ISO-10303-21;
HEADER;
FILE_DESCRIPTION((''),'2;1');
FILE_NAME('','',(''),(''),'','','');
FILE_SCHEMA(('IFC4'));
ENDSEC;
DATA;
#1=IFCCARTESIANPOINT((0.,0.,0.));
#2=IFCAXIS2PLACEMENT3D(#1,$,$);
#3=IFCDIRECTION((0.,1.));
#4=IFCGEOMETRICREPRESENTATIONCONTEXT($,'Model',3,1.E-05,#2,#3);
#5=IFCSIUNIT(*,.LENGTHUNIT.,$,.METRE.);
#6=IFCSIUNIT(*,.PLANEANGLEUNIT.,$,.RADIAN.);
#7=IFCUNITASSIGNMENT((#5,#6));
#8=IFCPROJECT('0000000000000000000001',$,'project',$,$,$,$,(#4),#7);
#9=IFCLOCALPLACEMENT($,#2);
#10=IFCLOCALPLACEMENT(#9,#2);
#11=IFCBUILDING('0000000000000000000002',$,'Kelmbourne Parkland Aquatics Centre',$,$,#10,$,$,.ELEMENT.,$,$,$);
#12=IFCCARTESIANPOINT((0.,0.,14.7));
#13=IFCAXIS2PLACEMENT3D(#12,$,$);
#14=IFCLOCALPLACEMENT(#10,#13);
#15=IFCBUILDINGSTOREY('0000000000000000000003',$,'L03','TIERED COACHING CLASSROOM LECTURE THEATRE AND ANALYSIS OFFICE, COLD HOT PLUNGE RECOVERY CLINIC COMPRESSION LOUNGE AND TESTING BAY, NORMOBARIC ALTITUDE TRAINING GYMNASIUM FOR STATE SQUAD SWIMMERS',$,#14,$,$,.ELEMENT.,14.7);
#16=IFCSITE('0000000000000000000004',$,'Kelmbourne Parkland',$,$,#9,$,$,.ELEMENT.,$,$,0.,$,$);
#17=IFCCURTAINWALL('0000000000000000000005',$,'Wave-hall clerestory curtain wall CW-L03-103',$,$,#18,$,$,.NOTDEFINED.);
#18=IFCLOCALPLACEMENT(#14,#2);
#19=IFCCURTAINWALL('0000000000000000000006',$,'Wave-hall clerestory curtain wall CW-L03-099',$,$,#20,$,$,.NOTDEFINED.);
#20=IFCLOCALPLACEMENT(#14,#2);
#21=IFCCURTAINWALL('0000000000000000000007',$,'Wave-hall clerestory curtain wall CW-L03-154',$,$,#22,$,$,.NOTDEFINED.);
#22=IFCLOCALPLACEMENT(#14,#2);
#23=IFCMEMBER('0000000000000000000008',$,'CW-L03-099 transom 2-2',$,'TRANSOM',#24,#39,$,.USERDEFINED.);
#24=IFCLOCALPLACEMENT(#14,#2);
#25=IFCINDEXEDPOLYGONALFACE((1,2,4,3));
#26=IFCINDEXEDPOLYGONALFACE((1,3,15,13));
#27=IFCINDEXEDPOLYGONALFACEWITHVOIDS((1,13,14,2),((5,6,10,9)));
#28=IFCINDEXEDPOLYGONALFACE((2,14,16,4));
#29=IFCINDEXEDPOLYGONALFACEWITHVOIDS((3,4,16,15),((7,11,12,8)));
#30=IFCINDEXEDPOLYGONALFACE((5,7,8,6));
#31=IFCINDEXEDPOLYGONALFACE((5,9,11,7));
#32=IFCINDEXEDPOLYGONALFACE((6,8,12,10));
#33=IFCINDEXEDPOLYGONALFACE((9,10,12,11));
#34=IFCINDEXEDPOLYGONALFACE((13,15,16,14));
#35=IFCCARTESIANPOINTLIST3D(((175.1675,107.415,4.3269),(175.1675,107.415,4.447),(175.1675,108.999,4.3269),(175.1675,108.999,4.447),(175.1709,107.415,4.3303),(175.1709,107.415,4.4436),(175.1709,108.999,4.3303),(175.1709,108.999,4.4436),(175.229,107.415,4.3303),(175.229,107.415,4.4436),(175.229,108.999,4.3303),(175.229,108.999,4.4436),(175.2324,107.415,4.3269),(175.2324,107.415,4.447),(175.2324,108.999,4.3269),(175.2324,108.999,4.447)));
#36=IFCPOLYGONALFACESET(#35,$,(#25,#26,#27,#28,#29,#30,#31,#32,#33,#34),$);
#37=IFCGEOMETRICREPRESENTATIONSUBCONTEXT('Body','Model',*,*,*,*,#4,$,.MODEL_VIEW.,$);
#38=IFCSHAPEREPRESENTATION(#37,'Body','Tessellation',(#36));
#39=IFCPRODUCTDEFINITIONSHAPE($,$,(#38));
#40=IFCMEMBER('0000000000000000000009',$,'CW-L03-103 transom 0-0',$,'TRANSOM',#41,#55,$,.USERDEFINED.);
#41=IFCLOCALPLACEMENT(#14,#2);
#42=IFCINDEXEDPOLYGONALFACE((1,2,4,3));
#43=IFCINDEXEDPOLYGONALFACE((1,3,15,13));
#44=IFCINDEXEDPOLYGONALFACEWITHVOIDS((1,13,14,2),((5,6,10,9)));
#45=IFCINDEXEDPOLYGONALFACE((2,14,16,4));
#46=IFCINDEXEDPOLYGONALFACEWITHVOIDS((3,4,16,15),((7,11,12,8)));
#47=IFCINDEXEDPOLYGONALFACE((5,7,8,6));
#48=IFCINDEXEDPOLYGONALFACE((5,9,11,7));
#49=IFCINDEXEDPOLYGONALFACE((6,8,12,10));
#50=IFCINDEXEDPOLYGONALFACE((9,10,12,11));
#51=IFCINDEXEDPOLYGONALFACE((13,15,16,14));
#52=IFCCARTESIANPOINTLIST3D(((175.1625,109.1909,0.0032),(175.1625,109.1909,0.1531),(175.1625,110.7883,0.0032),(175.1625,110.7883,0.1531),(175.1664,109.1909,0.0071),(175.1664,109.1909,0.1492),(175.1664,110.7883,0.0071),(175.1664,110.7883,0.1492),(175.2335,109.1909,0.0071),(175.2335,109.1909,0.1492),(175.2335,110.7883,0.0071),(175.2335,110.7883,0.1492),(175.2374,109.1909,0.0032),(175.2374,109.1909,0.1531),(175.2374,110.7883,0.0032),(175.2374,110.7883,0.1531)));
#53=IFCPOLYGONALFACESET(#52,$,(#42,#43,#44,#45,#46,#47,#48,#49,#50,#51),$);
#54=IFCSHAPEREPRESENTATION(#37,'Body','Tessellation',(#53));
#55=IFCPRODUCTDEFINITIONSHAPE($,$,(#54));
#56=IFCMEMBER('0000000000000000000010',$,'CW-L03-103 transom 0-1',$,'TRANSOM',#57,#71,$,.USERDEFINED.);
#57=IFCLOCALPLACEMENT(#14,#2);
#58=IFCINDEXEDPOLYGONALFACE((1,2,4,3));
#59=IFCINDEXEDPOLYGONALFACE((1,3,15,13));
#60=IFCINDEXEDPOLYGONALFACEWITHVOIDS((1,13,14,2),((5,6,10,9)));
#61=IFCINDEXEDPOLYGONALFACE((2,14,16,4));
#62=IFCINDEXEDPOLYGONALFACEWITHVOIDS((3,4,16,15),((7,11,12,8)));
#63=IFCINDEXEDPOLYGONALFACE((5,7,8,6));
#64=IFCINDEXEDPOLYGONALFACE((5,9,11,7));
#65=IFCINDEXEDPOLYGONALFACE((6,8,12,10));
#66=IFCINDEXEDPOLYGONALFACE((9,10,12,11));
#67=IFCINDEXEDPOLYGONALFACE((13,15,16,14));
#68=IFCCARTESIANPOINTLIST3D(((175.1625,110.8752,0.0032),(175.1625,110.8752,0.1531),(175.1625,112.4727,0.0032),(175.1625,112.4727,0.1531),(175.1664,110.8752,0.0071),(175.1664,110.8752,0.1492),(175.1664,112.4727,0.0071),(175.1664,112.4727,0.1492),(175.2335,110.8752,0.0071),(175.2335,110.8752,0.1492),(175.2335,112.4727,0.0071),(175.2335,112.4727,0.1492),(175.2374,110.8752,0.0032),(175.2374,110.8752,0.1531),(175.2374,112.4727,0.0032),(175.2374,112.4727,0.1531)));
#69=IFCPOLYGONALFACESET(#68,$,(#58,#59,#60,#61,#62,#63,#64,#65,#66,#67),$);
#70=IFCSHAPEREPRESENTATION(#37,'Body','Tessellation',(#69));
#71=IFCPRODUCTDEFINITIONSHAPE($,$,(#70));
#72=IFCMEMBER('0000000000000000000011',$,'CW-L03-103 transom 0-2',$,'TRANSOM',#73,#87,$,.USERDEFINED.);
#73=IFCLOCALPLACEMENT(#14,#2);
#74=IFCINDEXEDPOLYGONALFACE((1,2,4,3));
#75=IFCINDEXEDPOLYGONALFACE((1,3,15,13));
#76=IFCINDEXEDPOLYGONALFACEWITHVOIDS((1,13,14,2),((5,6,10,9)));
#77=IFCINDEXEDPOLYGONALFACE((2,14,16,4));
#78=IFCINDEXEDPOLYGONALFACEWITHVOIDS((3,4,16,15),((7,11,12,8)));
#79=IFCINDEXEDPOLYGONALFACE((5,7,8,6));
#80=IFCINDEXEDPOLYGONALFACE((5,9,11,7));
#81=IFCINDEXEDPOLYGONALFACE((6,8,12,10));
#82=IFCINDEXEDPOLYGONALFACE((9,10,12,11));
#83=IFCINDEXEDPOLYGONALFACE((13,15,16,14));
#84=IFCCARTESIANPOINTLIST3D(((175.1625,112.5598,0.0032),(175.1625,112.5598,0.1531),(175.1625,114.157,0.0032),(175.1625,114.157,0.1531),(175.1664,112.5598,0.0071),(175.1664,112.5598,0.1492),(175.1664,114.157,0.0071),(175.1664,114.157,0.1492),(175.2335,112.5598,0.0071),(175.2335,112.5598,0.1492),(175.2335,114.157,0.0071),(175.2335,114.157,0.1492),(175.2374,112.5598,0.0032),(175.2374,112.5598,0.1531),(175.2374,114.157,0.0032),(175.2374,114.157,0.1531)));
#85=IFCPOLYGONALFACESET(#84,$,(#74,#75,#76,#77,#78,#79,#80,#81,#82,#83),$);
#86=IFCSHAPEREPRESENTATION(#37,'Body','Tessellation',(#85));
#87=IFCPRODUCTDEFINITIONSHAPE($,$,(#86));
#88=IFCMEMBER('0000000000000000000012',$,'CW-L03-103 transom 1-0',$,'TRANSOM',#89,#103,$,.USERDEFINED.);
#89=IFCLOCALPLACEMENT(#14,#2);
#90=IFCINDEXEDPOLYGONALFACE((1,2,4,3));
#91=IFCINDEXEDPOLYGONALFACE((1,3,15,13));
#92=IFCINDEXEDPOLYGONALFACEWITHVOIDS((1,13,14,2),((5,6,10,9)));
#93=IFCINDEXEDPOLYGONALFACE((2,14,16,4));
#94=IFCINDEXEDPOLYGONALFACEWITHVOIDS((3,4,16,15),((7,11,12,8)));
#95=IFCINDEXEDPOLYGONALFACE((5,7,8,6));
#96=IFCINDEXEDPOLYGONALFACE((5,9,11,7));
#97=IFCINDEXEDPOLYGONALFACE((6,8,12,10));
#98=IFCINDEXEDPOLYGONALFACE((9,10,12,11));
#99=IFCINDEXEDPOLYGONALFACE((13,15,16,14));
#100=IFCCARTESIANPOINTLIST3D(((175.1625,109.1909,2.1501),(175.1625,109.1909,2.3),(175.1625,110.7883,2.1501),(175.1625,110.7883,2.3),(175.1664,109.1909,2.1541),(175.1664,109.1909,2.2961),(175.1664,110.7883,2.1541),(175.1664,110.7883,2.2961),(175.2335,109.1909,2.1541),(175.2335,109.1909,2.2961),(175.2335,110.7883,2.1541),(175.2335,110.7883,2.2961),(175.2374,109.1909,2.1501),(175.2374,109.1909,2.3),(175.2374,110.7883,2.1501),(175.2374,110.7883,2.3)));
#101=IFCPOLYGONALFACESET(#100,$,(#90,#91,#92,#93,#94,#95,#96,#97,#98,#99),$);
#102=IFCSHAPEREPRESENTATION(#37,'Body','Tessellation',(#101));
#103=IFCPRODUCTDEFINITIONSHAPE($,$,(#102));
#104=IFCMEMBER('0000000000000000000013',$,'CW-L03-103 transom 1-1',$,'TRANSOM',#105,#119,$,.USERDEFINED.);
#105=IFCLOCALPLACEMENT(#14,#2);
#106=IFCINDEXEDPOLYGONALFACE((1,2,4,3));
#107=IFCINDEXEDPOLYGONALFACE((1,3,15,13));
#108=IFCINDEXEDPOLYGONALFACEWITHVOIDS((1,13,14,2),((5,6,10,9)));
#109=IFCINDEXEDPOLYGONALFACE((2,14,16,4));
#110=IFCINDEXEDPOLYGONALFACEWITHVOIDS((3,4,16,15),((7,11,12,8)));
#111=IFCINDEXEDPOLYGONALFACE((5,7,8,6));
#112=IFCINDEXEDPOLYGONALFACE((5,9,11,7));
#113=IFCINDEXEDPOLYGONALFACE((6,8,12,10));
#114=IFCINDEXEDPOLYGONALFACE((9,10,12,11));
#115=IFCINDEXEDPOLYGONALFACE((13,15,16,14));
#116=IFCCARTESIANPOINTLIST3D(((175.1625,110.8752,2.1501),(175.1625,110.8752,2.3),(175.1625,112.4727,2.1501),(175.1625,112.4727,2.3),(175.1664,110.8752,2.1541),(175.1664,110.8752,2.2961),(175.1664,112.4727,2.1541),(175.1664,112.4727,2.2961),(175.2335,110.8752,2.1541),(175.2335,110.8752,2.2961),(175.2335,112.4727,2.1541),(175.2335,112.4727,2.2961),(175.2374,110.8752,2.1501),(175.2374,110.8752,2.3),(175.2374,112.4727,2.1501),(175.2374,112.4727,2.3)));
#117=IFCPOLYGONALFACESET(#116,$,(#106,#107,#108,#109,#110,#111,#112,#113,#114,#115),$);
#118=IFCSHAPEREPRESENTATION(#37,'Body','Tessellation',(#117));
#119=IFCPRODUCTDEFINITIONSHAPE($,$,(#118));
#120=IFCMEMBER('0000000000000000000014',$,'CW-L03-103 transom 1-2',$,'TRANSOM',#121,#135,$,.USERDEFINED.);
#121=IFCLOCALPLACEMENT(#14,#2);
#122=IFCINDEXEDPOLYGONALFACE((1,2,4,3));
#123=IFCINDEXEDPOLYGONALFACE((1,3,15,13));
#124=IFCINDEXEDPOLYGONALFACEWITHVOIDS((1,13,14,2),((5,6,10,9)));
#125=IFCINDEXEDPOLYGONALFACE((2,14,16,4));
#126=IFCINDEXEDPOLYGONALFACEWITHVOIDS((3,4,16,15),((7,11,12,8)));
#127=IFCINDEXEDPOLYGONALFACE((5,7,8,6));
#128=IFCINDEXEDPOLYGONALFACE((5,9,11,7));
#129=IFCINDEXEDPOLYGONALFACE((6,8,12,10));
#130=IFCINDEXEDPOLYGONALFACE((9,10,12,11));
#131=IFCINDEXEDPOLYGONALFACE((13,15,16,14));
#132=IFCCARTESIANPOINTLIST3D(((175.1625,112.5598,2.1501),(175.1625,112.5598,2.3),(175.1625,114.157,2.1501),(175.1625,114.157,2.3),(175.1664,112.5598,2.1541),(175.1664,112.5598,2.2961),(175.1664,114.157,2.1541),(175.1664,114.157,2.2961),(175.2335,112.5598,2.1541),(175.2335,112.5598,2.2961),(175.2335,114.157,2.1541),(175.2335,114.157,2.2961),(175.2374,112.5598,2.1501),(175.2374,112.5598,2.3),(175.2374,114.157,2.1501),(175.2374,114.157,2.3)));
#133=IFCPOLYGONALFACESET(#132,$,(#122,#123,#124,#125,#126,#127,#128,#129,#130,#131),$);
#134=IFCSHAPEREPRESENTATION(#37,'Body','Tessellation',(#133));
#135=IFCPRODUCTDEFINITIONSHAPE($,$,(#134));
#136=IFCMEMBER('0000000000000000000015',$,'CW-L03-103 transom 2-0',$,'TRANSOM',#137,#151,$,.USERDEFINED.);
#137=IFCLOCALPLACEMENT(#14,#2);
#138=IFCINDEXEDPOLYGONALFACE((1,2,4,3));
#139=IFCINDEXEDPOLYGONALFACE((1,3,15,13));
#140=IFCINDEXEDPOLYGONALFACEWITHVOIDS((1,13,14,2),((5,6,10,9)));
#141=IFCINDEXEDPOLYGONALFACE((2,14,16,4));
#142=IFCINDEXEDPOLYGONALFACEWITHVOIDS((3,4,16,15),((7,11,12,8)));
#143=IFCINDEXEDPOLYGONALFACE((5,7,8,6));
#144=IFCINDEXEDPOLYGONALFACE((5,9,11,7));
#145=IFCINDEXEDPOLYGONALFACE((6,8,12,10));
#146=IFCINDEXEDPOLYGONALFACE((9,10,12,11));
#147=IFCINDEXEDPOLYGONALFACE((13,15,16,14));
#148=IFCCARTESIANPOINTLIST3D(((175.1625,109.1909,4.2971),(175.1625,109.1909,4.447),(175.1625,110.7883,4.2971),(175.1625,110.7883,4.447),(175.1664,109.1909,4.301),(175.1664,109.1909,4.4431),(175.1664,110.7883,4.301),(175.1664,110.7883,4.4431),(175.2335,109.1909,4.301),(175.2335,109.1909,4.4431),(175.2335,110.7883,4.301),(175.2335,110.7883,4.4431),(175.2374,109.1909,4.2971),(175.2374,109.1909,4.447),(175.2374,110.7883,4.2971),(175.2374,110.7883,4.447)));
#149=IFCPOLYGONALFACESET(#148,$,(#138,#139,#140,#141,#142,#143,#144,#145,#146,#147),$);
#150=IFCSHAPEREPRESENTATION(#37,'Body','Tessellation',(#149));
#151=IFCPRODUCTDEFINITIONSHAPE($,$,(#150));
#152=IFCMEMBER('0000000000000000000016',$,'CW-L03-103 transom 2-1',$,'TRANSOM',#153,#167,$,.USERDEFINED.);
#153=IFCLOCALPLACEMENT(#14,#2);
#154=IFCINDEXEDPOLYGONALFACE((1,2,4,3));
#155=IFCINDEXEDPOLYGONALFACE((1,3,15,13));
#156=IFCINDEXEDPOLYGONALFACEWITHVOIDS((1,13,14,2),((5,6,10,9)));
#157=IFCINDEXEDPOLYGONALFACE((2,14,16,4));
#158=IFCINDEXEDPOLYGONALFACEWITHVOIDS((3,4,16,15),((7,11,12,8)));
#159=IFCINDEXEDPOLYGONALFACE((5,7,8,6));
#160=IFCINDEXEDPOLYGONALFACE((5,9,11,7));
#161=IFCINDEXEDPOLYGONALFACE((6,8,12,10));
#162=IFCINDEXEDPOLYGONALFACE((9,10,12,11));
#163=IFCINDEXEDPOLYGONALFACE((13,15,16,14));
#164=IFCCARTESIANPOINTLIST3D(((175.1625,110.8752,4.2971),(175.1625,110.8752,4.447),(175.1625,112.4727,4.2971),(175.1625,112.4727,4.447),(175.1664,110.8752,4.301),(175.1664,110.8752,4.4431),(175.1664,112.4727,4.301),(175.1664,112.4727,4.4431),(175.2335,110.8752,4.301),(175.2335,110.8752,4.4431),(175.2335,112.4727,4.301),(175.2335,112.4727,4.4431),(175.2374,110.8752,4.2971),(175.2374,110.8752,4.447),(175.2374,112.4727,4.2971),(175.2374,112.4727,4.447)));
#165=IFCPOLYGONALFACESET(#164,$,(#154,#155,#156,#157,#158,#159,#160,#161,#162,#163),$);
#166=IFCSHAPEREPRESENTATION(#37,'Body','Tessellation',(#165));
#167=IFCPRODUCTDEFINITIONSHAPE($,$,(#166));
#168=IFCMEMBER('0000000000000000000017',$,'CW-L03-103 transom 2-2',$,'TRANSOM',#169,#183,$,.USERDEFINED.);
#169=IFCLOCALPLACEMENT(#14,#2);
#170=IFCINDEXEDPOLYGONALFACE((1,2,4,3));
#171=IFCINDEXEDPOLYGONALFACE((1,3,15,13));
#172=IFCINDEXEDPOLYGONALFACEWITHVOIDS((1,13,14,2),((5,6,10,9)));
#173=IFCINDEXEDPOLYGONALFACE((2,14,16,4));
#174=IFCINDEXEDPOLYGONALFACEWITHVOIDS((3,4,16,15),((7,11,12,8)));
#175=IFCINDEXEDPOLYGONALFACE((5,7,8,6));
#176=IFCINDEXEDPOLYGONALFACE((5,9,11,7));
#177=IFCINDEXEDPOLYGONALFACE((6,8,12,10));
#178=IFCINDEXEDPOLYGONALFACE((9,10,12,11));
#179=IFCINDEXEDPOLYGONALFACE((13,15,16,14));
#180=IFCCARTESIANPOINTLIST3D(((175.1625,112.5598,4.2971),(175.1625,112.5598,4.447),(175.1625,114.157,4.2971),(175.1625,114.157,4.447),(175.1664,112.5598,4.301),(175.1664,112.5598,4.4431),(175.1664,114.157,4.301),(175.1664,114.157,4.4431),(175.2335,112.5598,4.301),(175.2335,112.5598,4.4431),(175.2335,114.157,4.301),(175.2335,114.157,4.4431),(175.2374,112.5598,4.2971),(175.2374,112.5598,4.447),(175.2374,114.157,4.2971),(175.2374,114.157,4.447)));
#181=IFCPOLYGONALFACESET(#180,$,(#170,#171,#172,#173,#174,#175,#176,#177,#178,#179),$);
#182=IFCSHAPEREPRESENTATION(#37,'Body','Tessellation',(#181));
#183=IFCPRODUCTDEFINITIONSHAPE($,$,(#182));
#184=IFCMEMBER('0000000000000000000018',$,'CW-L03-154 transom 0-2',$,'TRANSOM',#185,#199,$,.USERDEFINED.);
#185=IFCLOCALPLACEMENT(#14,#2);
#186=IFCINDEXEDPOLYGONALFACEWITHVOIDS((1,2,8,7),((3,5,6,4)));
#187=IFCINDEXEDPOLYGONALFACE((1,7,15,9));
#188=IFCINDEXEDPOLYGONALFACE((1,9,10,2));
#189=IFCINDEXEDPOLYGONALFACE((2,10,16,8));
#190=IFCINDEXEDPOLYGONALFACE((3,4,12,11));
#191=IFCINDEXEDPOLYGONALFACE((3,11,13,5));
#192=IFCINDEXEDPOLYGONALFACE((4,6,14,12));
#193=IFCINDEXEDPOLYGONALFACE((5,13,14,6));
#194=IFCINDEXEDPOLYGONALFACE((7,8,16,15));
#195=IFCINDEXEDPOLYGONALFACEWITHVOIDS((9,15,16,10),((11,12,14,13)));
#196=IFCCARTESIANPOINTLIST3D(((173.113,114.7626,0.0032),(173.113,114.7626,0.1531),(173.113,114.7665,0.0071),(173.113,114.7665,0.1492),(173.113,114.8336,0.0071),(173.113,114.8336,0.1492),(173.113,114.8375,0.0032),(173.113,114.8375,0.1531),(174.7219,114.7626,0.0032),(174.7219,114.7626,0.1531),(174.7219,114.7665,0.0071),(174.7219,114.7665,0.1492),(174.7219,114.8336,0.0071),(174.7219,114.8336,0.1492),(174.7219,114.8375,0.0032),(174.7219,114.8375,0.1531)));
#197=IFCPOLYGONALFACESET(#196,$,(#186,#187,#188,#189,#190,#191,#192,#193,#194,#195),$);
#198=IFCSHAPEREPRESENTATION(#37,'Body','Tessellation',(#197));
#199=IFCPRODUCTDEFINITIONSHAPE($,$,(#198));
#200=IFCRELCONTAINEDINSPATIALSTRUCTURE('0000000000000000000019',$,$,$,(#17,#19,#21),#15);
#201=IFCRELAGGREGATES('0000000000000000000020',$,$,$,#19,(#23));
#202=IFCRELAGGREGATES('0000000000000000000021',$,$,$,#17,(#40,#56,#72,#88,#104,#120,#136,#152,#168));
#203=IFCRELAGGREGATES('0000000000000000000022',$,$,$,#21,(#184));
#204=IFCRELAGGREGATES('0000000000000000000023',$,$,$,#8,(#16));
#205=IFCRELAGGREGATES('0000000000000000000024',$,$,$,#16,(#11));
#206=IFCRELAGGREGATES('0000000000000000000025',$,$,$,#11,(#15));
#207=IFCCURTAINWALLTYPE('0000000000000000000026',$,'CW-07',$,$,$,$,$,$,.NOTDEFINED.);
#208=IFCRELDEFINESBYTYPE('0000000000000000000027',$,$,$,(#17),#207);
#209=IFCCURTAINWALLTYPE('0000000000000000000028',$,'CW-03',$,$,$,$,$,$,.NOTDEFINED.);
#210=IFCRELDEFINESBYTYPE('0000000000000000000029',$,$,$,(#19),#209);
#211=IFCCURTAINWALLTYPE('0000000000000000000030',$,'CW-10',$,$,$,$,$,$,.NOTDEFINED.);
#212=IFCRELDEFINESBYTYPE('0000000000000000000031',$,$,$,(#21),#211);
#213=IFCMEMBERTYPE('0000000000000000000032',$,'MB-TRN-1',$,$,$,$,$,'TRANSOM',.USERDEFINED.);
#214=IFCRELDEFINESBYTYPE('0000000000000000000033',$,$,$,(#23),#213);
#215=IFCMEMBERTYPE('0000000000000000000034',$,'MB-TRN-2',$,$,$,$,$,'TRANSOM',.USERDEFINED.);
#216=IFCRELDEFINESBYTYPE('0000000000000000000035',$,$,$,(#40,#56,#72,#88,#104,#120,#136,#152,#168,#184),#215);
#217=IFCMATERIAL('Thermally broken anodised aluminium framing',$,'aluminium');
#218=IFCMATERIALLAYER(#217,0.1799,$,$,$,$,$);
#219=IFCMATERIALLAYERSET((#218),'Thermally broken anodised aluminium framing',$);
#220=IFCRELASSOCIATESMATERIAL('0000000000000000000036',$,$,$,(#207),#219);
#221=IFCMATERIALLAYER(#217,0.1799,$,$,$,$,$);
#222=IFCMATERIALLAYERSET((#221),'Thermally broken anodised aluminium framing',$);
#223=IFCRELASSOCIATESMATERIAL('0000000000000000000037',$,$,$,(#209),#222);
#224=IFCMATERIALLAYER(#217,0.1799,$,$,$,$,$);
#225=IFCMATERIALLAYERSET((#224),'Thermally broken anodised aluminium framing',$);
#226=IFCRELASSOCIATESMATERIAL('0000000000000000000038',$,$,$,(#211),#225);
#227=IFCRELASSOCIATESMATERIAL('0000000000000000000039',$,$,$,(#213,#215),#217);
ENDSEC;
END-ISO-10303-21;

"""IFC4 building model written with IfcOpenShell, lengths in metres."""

from ifc_helpers import new_model, si_unit, direction, frame, origin, origin_2d, place, context, subcontext, project, spatial, hollow_rectangle, extrude, material, layer, layer_set, material_profile, profile_set, type_object, element, aggregate, save


model = new_model("IFC4")

# Units and contexts
model_context = context("Model", 3, precision=1e-05, world=origin(), true_north=direction((0.0, 1.0)))
body_context = subcontext(model_context, "Body", "Model", "MODEL_VIEW")
ifc_project = project(units=[si_unit("LENGTHUNIT", "METRE"), si_unit("PLANEANGLEUNIT", "RADIAN")], contexts=[model_context])

# Site, building, storey
site_placement = place(None, origin())
site = spatial("IfcSite", under=ifc_project, at=site_placement, Name="Kelmbourne Parkland", CompositionType="ELEMENT", RefElevation=0.0)
building_placement = place(site_placement, origin())
building = spatial("IfcBuilding", under=site, at=building_placement, Name="Kelmbourne Parkland Aquatics Centre", CompositionType="ELEMENT")
storey_placement = place(building_placement, frame((0.0, 0.0, 14.7)))
storey = spatial("IfcBuildingStorey", under=building, at=storey_placement, Name="L03", Description="TIERED COACHING CLASSROOM LECTURE THEATRE AND ANALYSIS OFFICE, COLD HOT PLUNGE RECOVERY CLINIC COMPRESSION LOUNGE AND TESTING BAY, NORMOBARIC ALTITUDE TRAINING GYMNASIUM FOR STATE SQUAD SWIMMERS", CompositionType="ELEMENT", Elevation=14.7)

# Curtain walls
ifc_material_1 = material(Name="Thermally broken anodised aluminium framing", Category="aluminium")
ifc_layer_1 = layer(ifc_material_1, 0.1799)
ifc_layer_set_1 = layer_set([ifc_layer_1], Name="Thermally broken anodised aluminium framing")
curtain_wall_type_1 = type_object("IfcCurtainWallType", Name="CW-07", PredefinedType="NOTDEFINED", material=ifc_layer_set_1)
curtain_wall_1_placement = place(storey_placement, origin())
curtain_wall_1 = element("IfcCurtainWall", 1, at=curtain_wall_1_placement, inside=storey, type_object=curtain_wall_type_1, Name="Wave-hall clerestory curtain wall CW-L03-103", PredefinedType="NOTDEFINED")
ifc_layer_2 = layer(ifc_material_1, 0.1799)
ifc_layer_set_2 = layer_set([ifc_layer_2], Name="Thermally broken anodised aluminium framing")
curtain_wall_type_2 = type_object("IfcCurtainWallType", Name="CW-03", PredefinedType="NOTDEFINED", material=ifc_layer_set_2)
curtain_wall_2_placement = place(storey_placement, origin())
curtain_wall_2 = element("IfcCurtainWall", 2, at=curtain_wall_2_placement, inside=storey, type_object=curtain_wall_type_2, Name="Wave-hall clerestory curtain wall CW-L03-099", PredefinedType="NOTDEFINED")
ifc_layer_3 = layer(ifc_material_1, 0.1799)
ifc_layer_set_3 = layer_set([ifc_layer_3], Name="Thermally broken anodised aluminium framing")
curtain_wall_type_3 = type_object("IfcCurtainWallType", Name="CW-10", PredefinedType="NOTDEFINED", material=ifc_layer_set_3)
curtain_wall_3_placement = place(storey_placement, origin())
curtain_wall_3 = element("IfcCurtainWall", 3, at=curtain_wall_3_placement, inside=storey, type_object=curtain_wall_type_3, Name="Wave-hall clerestory curtain wall CW-L03-154", PredefinedType="NOTDEFINED")

# Members
ifc_material_profile_1 = material_profile(ifc_material_1, hollow_rectangle(XDim=0.0649, YDim=0.1201, WallThickness=0.0034, at=origin_2d()), Name="CW-T 65x120")
ifc_profile_set_1 = profile_set([ifc_material_profile_1], Name="Thermally broken anodised aluminium framing")
member_type_1 = type_object("IfcMemberType", Name="MB-TRN-1", ElementType="TRANSOM", PredefinedType="USERDEFINED", material=ifc_profile_set_1)
member_1_placement = place(storey_placement, frame((175.2, 107.415, 4.387), z_axis=(0.0, 1.0, 0.0), x_axis=(-1.0, 0.0, 0.0)))
member_1 = element("IfcMember", 4, at=member_1_placement, type_object=member_type_1, Name="CW-L03-099 transom 2-2", ObjectType="TRANSOM", PredefinedType="USERDEFINED", context=body_context, shape_type="SweptSolid", body=[
    extrude(hollow_rectangle(XDim=0.0649, YDim=0.1201, WallThickness=0.0034, at=origin_2d()), origin(), (0.0, 0.0, 1.0), 1.584),
])
ifc_material_profile_2 = material_profile(ifc_material_1, hollow_rectangle(XDim=0.075, YDim=0.1499, WallThickness=0.0039, at=origin_2d()), Name="CW-T 75x150")
ifc_profile_set_2 = profile_set([ifc_material_profile_2], Name="Thermally broken anodised aluminium framing")
member_type_2 = type_object("IfcMemberType", Name="MB-TRN-2", ElementType="TRANSOM", PredefinedType="USERDEFINED", material=ifc_profile_set_2)
member_2_placement = place(storey_placement, frame((175.2, 109.1909, 0.0781), z_axis=(0.0, 1.0, 0.0), x_axis=(-1.0, 0.0, 0.0)))
member_2 = element("IfcMember", 5, at=member_2_placement, type_object=member_type_2, Name="CW-L03-103 transom 0-0", ObjectType="TRANSOM", PredefinedType="USERDEFINED", context=body_context, shape_type="SweptSolid", body=[
    extrude(hollow_rectangle(XDim=0.075, YDim=0.1499, WallThickness=0.0039, at=origin_2d()), origin(), (0.0, 0.0, 1.0), 1.5974),
])
member_3_placement = place(storey_placement, frame((175.2, 110.8752, 0.0781), z_axis=(0.0, 1.0, 0.0), x_axis=(-1.0, 0.0, 0.0)))
member_3 = element("IfcMember", 6, at=member_3_placement, type_object=member_type_2, Name="CW-L03-103 transom 0-1", ObjectType="TRANSOM", PredefinedType="USERDEFINED", context=body_context, shape_type="SweptSolid", body=[
    extrude(hollow_rectangle(XDim=0.075, YDim=0.1499, WallThickness=0.0039, at=origin_2d()), origin(), (0.0, 0.0, 1.0), 1.5974),
])
member_4_placement = place(storey_placement, frame((175.2, 112.5598, 0.0781), z_axis=(0.0, 1.0, 0.0), x_axis=(-1.0, 0.0, 0.0)))
member_4 = element("IfcMember", 7, at=member_4_placement, type_object=member_type_2, Name="CW-L03-103 transom 0-2", ObjectType="TRANSOM", PredefinedType="USERDEFINED", context=body_context, shape_type="SweptSolid", body=[
    extrude(hollow_rectangle(XDim=0.075, YDim=0.1499, WallThickness=0.0039, at=origin_2d()), origin(), (0.0, 0.0, 1.0), 1.5972),
])
member_5_placement = place(storey_placement, frame((175.2, 109.1909, 2.2251), z_axis=(0.0, 1.0, 0.0), x_axis=(-1.0, 0.0, 0.0)))
member_5 = element("IfcMember", 8, at=member_5_placement, type_object=member_type_2, Name="CW-L03-103 transom 1-0", ObjectType="TRANSOM", PredefinedType="USERDEFINED", context=body_context, shape_type="SweptSolid", body=[
    extrude(hollow_rectangle(XDim=0.075, YDim=0.1499, WallThickness=0.0039, at=origin_2d()), origin(), (0.0, 0.0, 1.0), 1.5974),
])
member_6_placement = place(storey_placement, frame((175.2, 110.8752, 2.2251), z_axis=(0.0, 1.0, 0.0), x_axis=(-1.0, 0.0, 0.0)))
member_6 = element("IfcMember", 9, at=member_6_placement, type_object=member_type_2, Name="CW-L03-103 transom 1-1", ObjectType="TRANSOM", PredefinedType="USERDEFINED", context=body_context, shape_type="SweptSolid", body=[
    extrude(hollow_rectangle(XDim=0.075, YDim=0.1499, WallThickness=0.0039, at=origin_2d()), origin(), (0.0, 0.0, 1.0), 1.5974),
])
member_7_placement = place(storey_placement, frame((175.2, 112.5598, 2.2251), z_axis=(0.0, 1.0, 0.0), x_axis=(-1.0, 0.0, 0.0)))
member_7 = element("IfcMember", 10, at=member_7_placement, type_object=member_type_2, Name="CW-L03-103 transom 1-2", ObjectType="TRANSOM", PredefinedType="USERDEFINED", context=body_context, shape_type="SweptSolid", body=[
    extrude(hollow_rectangle(XDim=0.075, YDim=0.1499, WallThickness=0.0039, at=origin_2d()), origin(), (0.0, 0.0, 1.0), 1.5972),
])
member_8_placement = place(storey_placement, frame((175.2, 109.1909, 4.3721), z_axis=(0.0, 1.0, 0.0), x_axis=(-1.0, 0.0, 0.0)))
member_8 = element("IfcMember", 11, at=member_8_placement, type_object=member_type_2, Name="CW-L03-103 transom 2-0", ObjectType="TRANSOM", PredefinedType="USERDEFINED", context=body_context, shape_type="SweptSolid", body=[
    extrude(hollow_rectangle(XDim=0.075, YDim=0.1499, WallThickness=0.0039, at=origin_2d()), origin(), (0.0, 0.0, 1.0), 1.5974),
])
member_9_placement = place(storey_placement, frame((175.2, 110.8752, 4.3721), z_axis=(0.0, 1.0, 0.0), x_axis=(-1.0, 0.0, 0.0)))
member_9 = element("IfcMember", 12, at=member_9_placement, type_object=member_type_2, Name="CW-L03-103 transom 2-1", ObjectType="TRANSOM", PredefinedType="USERDEFINED", context=body_context, shape_type="SweptSolid", body=[
    extrude(hollow_rectangle(XDim=0.075, YDim=0.1499, WallThickness=0.0039, at=origin_2d()), origin(), (0.0, 0.0, 1.0), 1.5974),
])
member_10_placement = place(storey_placement, frame((175.2, 112.5598, 4.3721), z_axis=(0.0, 1.0, 0.0), x_axis=(-1.0, 0.0, 0.0)))
member_10 = element("IfcMember", 13, at=member_10_placement, type_object=member_type_2, Name="CW-L03-103 transom 2-2", ObjectType="TRANSOM", PredefinedType="USERDEFINED", context=body_context, shape_type="SweptSolid", body=[
    extrude(hollow_rectangle(XDim=0.075, YDim=0.1499, WallThickness=0.0039, at=origin_2d()), origin(), (0.0, 0.0, 1.0), 1.5972),
])
member_11_placement = place(storey_placement, frame((173.113, 114.8, 0.0781), z_axis=(1.0, 0.0, 0.0), x_axis=(0.0, 1.0, 0.0)))
member_11 = element("IfcMember", 14, at=member_11_placement, type_object=member_type_2, Name="CW-L03-154 transom 0-2", ObjectType="TRANSOM", PredefinedType="USERDEFINED", context=body_context, shape_type="SweptSolid", body=[
    extrude(hollow_rectangle(XDim=0.075, YDim=0.1499, WallThickness=0.0039, at=origin_2d()), origin(), (0.0, 0.0, 1.0), 1.6089),
])

aggregate(curtain_wall_2, [member_1])
aggregate(curtain_wall_1, [member_2, member_3, member_4, member_5, member_6, member_7, member_8, member_9, member_10])
aggregate(curtain_wall_3, [member_11])

save(model, "model.ifc")
